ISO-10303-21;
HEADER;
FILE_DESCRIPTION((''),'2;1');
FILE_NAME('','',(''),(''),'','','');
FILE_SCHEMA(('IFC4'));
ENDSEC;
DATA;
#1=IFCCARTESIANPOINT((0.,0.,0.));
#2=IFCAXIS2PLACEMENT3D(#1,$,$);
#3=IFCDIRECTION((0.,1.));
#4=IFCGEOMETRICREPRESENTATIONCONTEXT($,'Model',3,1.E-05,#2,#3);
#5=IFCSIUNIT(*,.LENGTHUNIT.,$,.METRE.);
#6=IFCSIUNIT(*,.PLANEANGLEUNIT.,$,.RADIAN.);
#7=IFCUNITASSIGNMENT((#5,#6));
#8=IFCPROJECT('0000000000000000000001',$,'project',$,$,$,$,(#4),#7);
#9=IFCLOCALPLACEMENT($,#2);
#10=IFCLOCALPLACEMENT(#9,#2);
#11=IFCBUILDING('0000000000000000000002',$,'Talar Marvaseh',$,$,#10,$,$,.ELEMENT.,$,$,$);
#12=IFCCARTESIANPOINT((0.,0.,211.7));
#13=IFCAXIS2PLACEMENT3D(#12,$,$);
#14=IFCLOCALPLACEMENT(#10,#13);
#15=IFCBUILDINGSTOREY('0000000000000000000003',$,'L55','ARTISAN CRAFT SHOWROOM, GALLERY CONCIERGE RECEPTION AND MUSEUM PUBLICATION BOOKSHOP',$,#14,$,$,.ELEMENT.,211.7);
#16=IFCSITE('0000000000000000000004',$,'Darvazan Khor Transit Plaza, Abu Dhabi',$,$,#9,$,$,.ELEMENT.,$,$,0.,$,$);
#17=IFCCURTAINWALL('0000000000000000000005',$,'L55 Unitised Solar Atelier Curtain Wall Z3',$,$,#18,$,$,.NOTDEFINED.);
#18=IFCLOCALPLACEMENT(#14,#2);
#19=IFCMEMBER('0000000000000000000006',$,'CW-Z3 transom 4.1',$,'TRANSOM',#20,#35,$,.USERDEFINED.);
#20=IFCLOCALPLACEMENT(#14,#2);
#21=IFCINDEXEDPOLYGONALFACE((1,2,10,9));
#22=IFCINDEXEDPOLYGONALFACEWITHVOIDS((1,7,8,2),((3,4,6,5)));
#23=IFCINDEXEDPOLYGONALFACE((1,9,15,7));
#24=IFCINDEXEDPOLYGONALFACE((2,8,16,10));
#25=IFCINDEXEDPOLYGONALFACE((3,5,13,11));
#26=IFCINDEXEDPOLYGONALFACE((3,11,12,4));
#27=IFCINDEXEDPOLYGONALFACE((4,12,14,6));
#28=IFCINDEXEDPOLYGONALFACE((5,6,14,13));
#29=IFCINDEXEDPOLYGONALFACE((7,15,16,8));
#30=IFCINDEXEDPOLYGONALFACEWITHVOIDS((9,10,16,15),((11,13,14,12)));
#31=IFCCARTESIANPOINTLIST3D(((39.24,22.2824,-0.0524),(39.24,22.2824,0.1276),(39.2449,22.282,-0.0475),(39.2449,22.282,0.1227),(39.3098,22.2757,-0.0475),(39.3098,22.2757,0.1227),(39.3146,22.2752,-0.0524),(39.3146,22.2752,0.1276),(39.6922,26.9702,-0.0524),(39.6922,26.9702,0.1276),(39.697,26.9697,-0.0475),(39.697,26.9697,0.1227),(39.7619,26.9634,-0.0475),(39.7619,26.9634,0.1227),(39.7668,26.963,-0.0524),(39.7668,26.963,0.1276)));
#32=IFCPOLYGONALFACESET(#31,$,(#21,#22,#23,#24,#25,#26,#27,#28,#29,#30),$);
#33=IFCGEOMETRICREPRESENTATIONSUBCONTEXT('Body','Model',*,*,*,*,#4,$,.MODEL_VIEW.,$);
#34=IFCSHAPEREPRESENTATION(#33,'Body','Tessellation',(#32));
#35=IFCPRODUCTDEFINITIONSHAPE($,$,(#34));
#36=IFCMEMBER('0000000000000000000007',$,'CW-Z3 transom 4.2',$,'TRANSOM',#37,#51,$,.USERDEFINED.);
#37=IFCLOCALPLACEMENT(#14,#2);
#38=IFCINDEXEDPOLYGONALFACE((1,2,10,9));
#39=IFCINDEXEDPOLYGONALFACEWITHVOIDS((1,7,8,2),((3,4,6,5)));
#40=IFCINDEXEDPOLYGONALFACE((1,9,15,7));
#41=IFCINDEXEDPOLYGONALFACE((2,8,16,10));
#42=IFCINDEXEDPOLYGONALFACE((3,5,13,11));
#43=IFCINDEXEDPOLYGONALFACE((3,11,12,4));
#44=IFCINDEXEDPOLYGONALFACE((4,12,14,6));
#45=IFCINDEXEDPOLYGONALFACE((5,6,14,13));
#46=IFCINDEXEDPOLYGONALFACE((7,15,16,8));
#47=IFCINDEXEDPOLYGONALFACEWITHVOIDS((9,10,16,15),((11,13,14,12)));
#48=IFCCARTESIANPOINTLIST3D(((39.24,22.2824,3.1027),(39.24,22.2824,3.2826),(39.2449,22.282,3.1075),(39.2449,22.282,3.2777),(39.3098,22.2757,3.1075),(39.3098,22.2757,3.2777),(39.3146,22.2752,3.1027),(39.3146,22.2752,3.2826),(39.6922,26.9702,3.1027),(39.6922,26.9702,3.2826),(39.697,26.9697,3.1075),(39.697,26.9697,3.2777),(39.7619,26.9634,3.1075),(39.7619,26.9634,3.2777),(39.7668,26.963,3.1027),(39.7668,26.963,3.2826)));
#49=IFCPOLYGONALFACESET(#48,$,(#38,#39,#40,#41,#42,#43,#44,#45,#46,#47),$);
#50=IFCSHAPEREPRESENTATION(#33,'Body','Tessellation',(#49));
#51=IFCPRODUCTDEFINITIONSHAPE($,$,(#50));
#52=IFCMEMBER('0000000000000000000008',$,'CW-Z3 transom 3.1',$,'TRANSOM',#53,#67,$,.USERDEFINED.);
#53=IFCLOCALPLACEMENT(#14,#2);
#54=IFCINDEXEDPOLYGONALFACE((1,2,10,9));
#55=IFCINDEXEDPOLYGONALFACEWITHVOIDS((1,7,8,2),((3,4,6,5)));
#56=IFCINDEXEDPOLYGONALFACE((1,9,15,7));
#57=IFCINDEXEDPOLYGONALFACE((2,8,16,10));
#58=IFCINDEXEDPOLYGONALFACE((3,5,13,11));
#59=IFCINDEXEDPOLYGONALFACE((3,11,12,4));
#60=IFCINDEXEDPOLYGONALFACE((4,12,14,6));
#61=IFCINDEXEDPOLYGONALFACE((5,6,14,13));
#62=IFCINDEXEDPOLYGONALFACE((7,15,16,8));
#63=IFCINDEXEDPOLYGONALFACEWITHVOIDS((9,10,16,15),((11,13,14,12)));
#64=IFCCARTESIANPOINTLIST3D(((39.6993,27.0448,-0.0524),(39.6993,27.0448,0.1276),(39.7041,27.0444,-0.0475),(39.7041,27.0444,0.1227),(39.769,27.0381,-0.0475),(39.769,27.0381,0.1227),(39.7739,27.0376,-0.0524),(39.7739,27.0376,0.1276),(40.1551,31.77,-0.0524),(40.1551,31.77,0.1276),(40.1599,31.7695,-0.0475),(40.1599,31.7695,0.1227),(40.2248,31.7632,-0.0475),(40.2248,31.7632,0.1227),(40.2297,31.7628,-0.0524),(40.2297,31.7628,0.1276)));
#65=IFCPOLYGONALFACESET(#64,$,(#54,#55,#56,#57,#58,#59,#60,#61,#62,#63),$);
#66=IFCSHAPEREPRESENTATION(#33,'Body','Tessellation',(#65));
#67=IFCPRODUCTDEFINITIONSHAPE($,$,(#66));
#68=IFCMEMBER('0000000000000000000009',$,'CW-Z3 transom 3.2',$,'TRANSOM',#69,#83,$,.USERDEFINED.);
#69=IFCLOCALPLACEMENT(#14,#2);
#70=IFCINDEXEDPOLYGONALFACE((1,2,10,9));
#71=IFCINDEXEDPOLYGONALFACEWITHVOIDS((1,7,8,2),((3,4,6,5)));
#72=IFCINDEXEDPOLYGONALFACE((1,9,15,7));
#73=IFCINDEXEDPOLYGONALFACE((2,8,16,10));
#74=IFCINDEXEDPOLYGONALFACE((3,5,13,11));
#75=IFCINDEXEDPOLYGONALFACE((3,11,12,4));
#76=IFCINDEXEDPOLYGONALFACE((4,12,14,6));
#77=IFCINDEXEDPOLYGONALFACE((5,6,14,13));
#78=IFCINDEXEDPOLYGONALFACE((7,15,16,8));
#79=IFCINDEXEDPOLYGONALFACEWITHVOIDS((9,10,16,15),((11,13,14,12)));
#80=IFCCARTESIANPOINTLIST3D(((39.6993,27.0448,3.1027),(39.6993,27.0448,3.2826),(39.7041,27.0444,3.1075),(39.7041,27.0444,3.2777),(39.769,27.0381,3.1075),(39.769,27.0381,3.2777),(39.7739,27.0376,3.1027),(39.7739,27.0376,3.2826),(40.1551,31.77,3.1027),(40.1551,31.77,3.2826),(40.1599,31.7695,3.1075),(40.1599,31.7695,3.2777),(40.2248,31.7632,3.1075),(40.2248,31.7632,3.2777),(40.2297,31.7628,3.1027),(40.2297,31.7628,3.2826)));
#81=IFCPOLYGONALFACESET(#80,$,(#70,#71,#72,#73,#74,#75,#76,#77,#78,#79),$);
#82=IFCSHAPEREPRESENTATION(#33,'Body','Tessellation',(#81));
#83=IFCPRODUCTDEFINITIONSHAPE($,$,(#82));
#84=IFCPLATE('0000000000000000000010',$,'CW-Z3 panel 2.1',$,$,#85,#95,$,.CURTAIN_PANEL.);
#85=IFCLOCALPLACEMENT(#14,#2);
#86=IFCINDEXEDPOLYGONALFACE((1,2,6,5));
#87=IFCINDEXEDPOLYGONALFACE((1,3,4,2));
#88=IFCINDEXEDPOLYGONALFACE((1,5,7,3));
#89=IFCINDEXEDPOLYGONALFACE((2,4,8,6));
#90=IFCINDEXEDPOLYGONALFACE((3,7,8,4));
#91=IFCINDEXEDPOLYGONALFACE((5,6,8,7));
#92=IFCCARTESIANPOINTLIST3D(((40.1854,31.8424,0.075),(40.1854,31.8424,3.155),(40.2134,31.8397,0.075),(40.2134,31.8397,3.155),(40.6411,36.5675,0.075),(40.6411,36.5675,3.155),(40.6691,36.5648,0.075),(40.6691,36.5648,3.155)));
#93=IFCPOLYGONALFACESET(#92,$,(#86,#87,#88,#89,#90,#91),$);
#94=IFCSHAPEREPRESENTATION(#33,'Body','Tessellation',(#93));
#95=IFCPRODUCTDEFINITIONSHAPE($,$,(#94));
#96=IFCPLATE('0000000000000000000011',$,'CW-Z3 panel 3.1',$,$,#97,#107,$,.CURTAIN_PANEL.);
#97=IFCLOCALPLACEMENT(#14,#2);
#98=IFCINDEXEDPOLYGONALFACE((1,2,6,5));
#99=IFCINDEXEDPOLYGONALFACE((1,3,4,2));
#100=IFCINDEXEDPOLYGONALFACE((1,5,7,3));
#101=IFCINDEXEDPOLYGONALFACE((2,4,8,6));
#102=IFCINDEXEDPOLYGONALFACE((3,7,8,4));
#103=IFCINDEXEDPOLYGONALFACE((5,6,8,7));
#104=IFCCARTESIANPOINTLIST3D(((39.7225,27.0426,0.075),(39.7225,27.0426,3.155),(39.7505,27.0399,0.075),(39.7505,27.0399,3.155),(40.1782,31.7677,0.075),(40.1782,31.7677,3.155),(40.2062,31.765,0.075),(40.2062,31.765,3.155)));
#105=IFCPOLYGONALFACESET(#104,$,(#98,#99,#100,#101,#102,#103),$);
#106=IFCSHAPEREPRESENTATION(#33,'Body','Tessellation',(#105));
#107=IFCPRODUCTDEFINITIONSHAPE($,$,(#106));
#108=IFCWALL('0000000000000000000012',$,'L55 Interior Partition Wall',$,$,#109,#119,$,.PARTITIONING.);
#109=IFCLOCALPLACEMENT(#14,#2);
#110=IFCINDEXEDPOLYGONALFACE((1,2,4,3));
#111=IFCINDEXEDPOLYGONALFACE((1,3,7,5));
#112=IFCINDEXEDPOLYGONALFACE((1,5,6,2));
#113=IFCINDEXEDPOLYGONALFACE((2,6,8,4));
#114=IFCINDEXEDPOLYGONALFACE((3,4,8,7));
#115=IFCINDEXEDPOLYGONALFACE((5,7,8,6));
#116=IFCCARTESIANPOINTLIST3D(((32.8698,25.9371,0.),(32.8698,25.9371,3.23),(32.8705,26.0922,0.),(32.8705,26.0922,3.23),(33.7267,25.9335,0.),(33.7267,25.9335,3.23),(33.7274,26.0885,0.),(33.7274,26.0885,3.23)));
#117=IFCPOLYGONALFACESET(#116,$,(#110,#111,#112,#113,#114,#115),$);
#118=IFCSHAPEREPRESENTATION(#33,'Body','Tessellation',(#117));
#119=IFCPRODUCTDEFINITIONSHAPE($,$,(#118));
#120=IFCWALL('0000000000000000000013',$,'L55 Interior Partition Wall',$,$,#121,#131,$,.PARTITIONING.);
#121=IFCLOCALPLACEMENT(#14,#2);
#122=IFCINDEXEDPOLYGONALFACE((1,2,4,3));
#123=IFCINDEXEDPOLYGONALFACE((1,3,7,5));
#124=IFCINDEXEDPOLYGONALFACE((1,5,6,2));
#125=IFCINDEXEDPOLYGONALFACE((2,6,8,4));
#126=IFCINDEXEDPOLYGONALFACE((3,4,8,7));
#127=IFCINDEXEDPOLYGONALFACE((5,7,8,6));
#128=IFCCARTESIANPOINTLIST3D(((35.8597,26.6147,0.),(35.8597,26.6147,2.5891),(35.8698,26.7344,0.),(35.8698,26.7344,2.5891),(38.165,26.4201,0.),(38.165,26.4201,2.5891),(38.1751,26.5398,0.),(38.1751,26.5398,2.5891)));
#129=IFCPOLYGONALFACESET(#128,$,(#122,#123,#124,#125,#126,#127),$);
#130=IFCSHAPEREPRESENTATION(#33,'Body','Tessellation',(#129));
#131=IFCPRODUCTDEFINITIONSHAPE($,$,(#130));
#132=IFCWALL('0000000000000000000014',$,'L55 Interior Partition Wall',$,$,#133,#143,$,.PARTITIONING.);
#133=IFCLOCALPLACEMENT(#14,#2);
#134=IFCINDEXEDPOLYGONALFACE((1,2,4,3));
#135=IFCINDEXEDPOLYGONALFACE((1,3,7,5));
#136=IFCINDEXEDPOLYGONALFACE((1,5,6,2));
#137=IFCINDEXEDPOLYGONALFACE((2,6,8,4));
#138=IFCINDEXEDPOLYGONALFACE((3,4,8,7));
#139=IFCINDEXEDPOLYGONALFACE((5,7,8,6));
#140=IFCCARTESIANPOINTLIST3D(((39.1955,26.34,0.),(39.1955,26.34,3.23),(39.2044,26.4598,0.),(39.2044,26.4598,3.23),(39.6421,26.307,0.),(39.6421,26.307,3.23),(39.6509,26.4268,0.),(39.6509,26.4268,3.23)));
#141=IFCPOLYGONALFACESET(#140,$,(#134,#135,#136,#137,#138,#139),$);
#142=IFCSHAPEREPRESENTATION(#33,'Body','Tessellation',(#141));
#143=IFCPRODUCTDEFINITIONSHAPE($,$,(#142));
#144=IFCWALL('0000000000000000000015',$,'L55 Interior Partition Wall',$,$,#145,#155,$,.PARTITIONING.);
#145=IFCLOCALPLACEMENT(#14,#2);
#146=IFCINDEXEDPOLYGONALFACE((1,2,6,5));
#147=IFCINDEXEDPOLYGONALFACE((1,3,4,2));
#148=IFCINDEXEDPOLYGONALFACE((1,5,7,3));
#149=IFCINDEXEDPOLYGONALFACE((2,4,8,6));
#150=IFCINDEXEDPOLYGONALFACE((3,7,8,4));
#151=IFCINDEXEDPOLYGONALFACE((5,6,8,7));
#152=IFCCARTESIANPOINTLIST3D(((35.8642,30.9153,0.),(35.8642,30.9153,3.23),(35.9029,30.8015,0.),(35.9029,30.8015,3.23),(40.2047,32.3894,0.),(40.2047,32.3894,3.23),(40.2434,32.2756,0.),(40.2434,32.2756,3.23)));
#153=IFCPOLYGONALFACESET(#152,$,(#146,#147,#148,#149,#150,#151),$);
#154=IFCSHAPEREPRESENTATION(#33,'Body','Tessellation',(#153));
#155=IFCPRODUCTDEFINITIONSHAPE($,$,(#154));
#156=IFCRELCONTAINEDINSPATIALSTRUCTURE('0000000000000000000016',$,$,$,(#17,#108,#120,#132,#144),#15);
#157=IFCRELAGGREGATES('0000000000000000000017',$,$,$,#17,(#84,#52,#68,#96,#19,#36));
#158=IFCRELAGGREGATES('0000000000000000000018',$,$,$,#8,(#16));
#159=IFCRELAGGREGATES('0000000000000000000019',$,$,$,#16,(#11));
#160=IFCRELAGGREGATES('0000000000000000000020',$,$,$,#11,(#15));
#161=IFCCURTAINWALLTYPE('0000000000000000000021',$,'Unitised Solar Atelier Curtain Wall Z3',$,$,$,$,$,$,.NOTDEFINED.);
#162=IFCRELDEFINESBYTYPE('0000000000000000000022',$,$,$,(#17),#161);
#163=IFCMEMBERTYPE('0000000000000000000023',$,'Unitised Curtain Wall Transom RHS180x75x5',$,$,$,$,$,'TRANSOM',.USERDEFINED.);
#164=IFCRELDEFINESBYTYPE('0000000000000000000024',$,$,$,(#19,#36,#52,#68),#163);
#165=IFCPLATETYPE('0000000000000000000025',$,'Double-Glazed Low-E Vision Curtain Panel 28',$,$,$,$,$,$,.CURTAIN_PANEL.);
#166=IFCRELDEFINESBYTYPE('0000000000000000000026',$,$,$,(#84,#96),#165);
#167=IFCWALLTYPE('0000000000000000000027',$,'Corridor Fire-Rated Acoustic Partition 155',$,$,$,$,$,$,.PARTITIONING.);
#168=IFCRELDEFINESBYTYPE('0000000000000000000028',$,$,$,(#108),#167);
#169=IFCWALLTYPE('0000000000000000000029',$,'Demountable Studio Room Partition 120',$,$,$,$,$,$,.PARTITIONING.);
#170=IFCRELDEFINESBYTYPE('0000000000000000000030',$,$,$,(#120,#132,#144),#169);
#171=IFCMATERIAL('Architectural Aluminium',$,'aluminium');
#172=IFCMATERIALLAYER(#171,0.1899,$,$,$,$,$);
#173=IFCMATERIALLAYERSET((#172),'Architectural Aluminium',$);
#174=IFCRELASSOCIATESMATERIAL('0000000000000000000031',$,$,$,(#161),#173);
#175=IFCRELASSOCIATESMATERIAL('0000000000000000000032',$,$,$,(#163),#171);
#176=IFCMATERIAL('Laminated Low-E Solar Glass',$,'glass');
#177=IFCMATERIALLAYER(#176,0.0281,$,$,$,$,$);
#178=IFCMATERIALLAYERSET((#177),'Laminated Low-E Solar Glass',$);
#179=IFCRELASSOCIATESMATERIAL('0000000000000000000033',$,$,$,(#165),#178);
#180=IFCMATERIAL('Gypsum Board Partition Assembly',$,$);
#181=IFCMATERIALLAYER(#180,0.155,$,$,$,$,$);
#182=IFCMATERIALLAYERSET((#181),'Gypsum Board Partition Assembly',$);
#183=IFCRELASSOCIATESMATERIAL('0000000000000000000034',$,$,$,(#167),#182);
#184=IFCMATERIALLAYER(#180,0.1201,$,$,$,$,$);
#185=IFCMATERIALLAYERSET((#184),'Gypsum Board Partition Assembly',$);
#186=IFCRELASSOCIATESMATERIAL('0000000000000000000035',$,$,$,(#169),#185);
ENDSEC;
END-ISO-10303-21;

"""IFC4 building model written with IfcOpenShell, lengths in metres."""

from ifc_helpers import new_model, si_unit, direction, frame, frame_2d, origin, origin_2d, place, context, subcontext, project, spatial, rectangle, hollow_rectangle, extrude, source, transform, mapped, material, layer, layer_set, material_profile, profile_set, type_object, type_shapes, element, aggregate, save


model = new_model("IFC4")

# Units and contexts
model_context = context("Model", 3, precision=1e-05, world=origin(), true_north=direction((0.0, 1.0)))
body_context = subcontext(model_context, "Body", "Model", "MODEL_VIEW")
ifc_project = project(units=[si_unit("LENGTHUNIT", "METRE"), si_unit("PLANEANGLEUNIT", "RADIAN")], contexts=[model_context])

# Site, building, storey
site_placement = place(None, origin())
site = spatial("IfcSite", under=ifc_project, at=site_placement, Name="Darvazan Khor Transit Plaza, Abu Dhabi", CompositionType="ELEMENT", RefElevation=0.0)
building_placement = place(site_placement, origin())
building = spatial("IfcBuilding", under=site, at=building_placement, Name="Talar Marvaseh", CompositionType="ELEMENT")
storey_placement = place(building_placement, frame((0.0, 0.0, 211.7)))
storey = spatial("IfcBuildingStorey", under=building, at=storey_placement, Name="L55", Description="ARTISAN CRAFT SHOWROOM, GALLERY CONCIERGE RECEPTION AND MUSEUM PUBLICATION BOOKSHOP", CompositionType="ELEMENT", Elevation=211.7)

# Curtain wall, members, plates
ifc_material_1 = material(Name="Architectural Aluminium", Category="aluminium")
ifc_layer_1 = layer(ifc_material_1, 0.1899)
ifc_layer_set_1 = layer_set([ifc_layer_1], Name="Architectural Aluminium")
curtain_wall_type = type_object("IfcCurtainWallType", Name="Unitised Solar Atelier Curtain Wall Z3", PredefinedType="NOTDEFINED", material=ifc_layer_set_1)
curtain_wall_placement = place(storey_placement, origin())
curtain_wall = element("IfcCurtainWall", 1, at=curtain_wall_placement, inside=storey, type_object=curtain_wall_type, Name="L55 Unitised Solar Atelier Curtain Wall Z3", PredefinedType="NOTDEFINED")
ifc_material_profile_1 = material_profile(ifc_material_1, hollow_rectangle(XDim=0.075, YDim=0.1799, WallThickness=0.0049, at=origin_2d()), Name="RHS180x75x5")
ifc_profile_set_1 = profile_set([ifc_material_profile_1], Name="Architectural Aluminium")
member_type_1 = type_object("IfcMemberType", Name="Unitised Curtain Wall Transom RHS180x75x5", ElementType="TRANSOM", PredefinedType="USERDEFINED", material=ifc_profile_set_1)
shared_shape_1 = source(origin(), body_context, "Body", "SweptSolid", [
    extrude(hollow_rectangle(XDim=0.075, YDim=0.1799, WallThickness=0.0049, at=origin_2d()), origin(), (0.0, 0.0, 1.0), 4.7095),
])
member_1_placement = place(storey_placement, frame((39.7295, 26.9666, 0.0376), z_axis=(-0.096008, -0.995381, 0.0), x_axis=(0.995381, -0.096008, 0.0)))
member_1 = element("IfcMember", 2, at=member_1_placement, type_object=member_type_1, Name="CW-Z3 transom 4.1", ObjectType="TRANSOM", PredefinedType="USERDEFINED", context=body_context, shape_type="MappedRepresentation", body=[
    mapped(shared_shape_1, transform((0.0, 0.0, 0.0), x_axis=(1.0, 0.0, 0.0), y_axis=(0.0, 1.0, 0.0), z_axis=(0.0, 0.0, 1.0), scale=1.0)),
])
member_2_placement = place(storey_placement, frame((39.7295, 26.9666, 3.1926), z_axis=(-0.096008, -0.995381, 0.0), x_axis=(0.995381, -0.096008, 0.0)))
member_2 = element("IfcMember", 3, at=member_2_placement, type_object=member_type_1, Name="CW-Z3 transom 4.2", ObjectType="TRANSOM", PredefinedType="USERDEFINED", context=body_context, shape_type="MappedRepresentation", body=[
    mapped(shared_shape_1, transform((0.0, 0.0, 0.0), x_axis=(1.0, 0.0, 0.0), y_axis=(0.0, 1.0, 0.0), z_axis=(0.0, 0.0, 1.0), scale=1.0)),
])
shared_shape_2 = source(origin(), body_context, "Body", "SweptSolid", [
    extrude(hollow_rectangle(XDim=0.075, YDim=0.1799, WallThickness=0.0049, at=origin_2d()), origin(), (0.0, 0.0, 1.0), 4.7471),
])
type_shapes(member_type_1, [shared_shape_1, shared_shape_2])
member_3_placement = place(storey_placement, frame((40.1924, 31.7664, 0.0376), z_axis=(-0.09602, -0.995379, 0.0), x_axis=(0.995379, -0.09602, 0.0)))
member_3 = element("IfcMember", 4, at=member_3_placement, type_object=member_type_1, Name="CW-Z3 transom 3.1", ObjectType="TRANSOM", PredefinedType="USERDEFINED", context=body_context, shape_type="MappedRepresentation", body=[
    mapped(shared_shape_2, transform((0.0, 0.0, 0.0), x_axis=(1.0, 0.0, 0.0), y_axis=(0.0, 1.0, 0.0), z_axis=(0.0, 0.0, 1.0), scale=1.0)),
])
member_4_placement = place(storey_placement, frame((40.1924, 31.7664, 3.1926), z_axis=(-0.09602, -0.995379, 0.0), x_axis=(0.995379, -0.09602, 0.0)))
member_4 = element("IfcMember", 5, at=member_4_placement, type_object=member_type_1, Name="CW-Z3 transom 3.2", ObjectType="TRANSOM", PredefinedType="USERDEFINED", context=body_context, shape_type="MappedRepresentation", body=[
    mapped(shared_shape_2, transform((0.0, 0.0, 0.0), x_axis=(1.0, 0.0, 0.0), y_axis=(0.0, 1.0, 0.0), z_axis=(0.0, 0.0, 1.0), scale=1.0)),
])
ifc_material_2 = material(Name="Laminated Low-E Solar Glass", Category="glass")
ifc_layer_2 = layer(ifc_material_2, 0.0281)
ifc_layer_set_2 = layer_set([ifc_layer_2], Name="Laminated Low-E Solar Glass")
plate_type = type_object("IfcPlateType", Name="Double-Glazed Low-E Vision Curtain Panel 28", PredefinedType="CURTAIN_PANEL", material=ifc_layer_set_2)
shared_shape_3 = source(origin(), body_context, "Body", "SweptSolid", [
    extrude(rectangle(XDim=4.7471, YDim=0.0281, at=origin_2d()), origin(), (0.0, 0.0, 1.0), 3.0801),
])
type_shapes(plate_type, [shared_shape_3])
plate_1_placement = place(storey_placement, frame((40.4272, 34.2036, 0.075), z_axis=(0.0, 0.0, 1.0), x_axis=(-0.095997, -0.995382, 0.0)))
plate_1 = element("IfcPlate", 6, at=plate_1_placement, type_object=plate_type, Name="CW-Z3 panel 2.1", PredefinedType="CURTAIN_PANEL", context=body_context, shape_type="MappedRepresentation", body=[
    mapped(shared_shape_3, transform((0.0, 0.0, 0.0), x_axis=(1.0, 0.0, 0.0), y_axis=(0.0, 1.0, 0.0), z_axis=(0.0, 0.0, 1.0), scale=1.0)),
])
plate_2_placement = place(storey_placement, frame((39.9644, 29.4038, 0.075), z_axis=(0.0, 0.0, 1.0), x_axis=(-0.095997, -0.995382, 0.0)))
plate_2 = element("IfcPlate", 7, at=plate_2_placement, type_object=plate_type, Name="CW-Z3 panel 3.1", PredefinedType="CURTAIN_PANEL", context=body_context, shape_type="MappedRepresentation", body=[
    mapped(shared_shape_3, transform((0.0, 0.0, 0.0), x_axis=(1.0, 0.0, 0.0), y_axis=(0.0, 1.0, 0.0), z_axis=(0.0, 0.0, 1.0), scale=1.0)),
])
aggregate(curtain_wall, [plate_1, member_3, member_4, plate_2, member_1, member_2])

# Walls
ifc_material_3 = material(Name="Gypsum Board Partition Assembly")
ifc_layer_3 = layer(ifc_material_3, 0.155)
ifc_layer_set_3 = layer_set([ifc_layer_3], Name="Gypsum Board Partition Assembly")
wall_type_1 = type_object("IfcWallType", Name="Corridor Fire-Rated Acoustic Partition 155", PredefinedType="PARTITIONING", material=ifc_layer_set_3)
wall_1_placement = place(storey_placement, frame((33.7271, 26.011, 0.0), z_axis=(0.0, 0.0, 1.0), x_axis=(-0.999991, 0.004273, 0.0)))
element("IfcWall", 8, at=wall_1_placement, inside=storey, type_object=wall_type_1, Name="L55 Interior Partition Wall", PredefinedType="PARTITIONING", context=body_context, shape_type="SweptSolid", body=[
    extrude(rectangle(XDim=0.8569, YDim=0.155, at=frame_2d((0.4285, 0.0))), origin(), (0.0, 0.0, 1.0), 3.23),
])
ifc_layer_4 = layer(ifc_material_3, 0.1201)
ifc_layer_set_4 = layer_set([ifc_layer_4], Name="Gypsum Board Partition Assembly")
wall_type_2 = type_object("IfcWallType", Name="Demountable Studio Room Partition 120", PredefinedType="PARTITIONING", material=ifc_layer_set_4)
wall_2_placement = place(storey_placement, frame((35.8647, 26.6746, 0.0), z_axis=(0.0, 0.0, 1.0), x_axis=(0.996456, -0.084111, 0.0)))
element("IfcWall", 9, at=wall_2_placement, inside=storey, type_object=wall_type_2, Name="L55 Interior Partition Wall", PredefinedType="PARTITIONING", context=body_context, shape_type="SweptSolid", body=[
    extrude(rectangle(XDim=2.3135, YDim=0.1201, at=frame_2d((1.1567, 0.0))), origin(), (0.0, 0.0, 1.0), 2.5891),
])
wall_3_placement = place(storey_placement, frame((39.2, 26.3999, 0.0), z_axis=(0.0, 0.0, 1.0), x_axis=(0.997287, -0.073611, 0.0)))
element("IfcWall", 10, at=wall_3_placement, inside=storey, type_object=wall_type_2, Name="L55 Interior Partition Wall", PredefinedType="PARTITIONING", context=body_context, shape_type="SweptSolid", body=[
    extrude(rectangle(XDim=0.4478, YDim=0.1201, at=frame_2d((0.2239, 0.0))), origin(), (0.0, 0.0, 1.0), 3.23),
])
wall_4_placement = place(storey_placement, frame((35.8835, 30.8584, 0.0), z_axis=(0.0, 0.0, 1.0), x_axis=(0.946884, 0.321575, 0.0)))
element("IfcWall", 11, at=wall_4_placement, inside=storey, type_object=wall_type_2, Name="L55 Interior Partition Wall", PredefinedType="PARTITIONING", context=body_context, shape_type="SweptSolid", body=[
    extrude(rectangle(XDim=4.584, YDim=0.1201, at=frame_2d((2.292, 0.0))), origin(), (0.0, 0.0, 1.0), 3.23),
])

save(model, "model.ifc")
